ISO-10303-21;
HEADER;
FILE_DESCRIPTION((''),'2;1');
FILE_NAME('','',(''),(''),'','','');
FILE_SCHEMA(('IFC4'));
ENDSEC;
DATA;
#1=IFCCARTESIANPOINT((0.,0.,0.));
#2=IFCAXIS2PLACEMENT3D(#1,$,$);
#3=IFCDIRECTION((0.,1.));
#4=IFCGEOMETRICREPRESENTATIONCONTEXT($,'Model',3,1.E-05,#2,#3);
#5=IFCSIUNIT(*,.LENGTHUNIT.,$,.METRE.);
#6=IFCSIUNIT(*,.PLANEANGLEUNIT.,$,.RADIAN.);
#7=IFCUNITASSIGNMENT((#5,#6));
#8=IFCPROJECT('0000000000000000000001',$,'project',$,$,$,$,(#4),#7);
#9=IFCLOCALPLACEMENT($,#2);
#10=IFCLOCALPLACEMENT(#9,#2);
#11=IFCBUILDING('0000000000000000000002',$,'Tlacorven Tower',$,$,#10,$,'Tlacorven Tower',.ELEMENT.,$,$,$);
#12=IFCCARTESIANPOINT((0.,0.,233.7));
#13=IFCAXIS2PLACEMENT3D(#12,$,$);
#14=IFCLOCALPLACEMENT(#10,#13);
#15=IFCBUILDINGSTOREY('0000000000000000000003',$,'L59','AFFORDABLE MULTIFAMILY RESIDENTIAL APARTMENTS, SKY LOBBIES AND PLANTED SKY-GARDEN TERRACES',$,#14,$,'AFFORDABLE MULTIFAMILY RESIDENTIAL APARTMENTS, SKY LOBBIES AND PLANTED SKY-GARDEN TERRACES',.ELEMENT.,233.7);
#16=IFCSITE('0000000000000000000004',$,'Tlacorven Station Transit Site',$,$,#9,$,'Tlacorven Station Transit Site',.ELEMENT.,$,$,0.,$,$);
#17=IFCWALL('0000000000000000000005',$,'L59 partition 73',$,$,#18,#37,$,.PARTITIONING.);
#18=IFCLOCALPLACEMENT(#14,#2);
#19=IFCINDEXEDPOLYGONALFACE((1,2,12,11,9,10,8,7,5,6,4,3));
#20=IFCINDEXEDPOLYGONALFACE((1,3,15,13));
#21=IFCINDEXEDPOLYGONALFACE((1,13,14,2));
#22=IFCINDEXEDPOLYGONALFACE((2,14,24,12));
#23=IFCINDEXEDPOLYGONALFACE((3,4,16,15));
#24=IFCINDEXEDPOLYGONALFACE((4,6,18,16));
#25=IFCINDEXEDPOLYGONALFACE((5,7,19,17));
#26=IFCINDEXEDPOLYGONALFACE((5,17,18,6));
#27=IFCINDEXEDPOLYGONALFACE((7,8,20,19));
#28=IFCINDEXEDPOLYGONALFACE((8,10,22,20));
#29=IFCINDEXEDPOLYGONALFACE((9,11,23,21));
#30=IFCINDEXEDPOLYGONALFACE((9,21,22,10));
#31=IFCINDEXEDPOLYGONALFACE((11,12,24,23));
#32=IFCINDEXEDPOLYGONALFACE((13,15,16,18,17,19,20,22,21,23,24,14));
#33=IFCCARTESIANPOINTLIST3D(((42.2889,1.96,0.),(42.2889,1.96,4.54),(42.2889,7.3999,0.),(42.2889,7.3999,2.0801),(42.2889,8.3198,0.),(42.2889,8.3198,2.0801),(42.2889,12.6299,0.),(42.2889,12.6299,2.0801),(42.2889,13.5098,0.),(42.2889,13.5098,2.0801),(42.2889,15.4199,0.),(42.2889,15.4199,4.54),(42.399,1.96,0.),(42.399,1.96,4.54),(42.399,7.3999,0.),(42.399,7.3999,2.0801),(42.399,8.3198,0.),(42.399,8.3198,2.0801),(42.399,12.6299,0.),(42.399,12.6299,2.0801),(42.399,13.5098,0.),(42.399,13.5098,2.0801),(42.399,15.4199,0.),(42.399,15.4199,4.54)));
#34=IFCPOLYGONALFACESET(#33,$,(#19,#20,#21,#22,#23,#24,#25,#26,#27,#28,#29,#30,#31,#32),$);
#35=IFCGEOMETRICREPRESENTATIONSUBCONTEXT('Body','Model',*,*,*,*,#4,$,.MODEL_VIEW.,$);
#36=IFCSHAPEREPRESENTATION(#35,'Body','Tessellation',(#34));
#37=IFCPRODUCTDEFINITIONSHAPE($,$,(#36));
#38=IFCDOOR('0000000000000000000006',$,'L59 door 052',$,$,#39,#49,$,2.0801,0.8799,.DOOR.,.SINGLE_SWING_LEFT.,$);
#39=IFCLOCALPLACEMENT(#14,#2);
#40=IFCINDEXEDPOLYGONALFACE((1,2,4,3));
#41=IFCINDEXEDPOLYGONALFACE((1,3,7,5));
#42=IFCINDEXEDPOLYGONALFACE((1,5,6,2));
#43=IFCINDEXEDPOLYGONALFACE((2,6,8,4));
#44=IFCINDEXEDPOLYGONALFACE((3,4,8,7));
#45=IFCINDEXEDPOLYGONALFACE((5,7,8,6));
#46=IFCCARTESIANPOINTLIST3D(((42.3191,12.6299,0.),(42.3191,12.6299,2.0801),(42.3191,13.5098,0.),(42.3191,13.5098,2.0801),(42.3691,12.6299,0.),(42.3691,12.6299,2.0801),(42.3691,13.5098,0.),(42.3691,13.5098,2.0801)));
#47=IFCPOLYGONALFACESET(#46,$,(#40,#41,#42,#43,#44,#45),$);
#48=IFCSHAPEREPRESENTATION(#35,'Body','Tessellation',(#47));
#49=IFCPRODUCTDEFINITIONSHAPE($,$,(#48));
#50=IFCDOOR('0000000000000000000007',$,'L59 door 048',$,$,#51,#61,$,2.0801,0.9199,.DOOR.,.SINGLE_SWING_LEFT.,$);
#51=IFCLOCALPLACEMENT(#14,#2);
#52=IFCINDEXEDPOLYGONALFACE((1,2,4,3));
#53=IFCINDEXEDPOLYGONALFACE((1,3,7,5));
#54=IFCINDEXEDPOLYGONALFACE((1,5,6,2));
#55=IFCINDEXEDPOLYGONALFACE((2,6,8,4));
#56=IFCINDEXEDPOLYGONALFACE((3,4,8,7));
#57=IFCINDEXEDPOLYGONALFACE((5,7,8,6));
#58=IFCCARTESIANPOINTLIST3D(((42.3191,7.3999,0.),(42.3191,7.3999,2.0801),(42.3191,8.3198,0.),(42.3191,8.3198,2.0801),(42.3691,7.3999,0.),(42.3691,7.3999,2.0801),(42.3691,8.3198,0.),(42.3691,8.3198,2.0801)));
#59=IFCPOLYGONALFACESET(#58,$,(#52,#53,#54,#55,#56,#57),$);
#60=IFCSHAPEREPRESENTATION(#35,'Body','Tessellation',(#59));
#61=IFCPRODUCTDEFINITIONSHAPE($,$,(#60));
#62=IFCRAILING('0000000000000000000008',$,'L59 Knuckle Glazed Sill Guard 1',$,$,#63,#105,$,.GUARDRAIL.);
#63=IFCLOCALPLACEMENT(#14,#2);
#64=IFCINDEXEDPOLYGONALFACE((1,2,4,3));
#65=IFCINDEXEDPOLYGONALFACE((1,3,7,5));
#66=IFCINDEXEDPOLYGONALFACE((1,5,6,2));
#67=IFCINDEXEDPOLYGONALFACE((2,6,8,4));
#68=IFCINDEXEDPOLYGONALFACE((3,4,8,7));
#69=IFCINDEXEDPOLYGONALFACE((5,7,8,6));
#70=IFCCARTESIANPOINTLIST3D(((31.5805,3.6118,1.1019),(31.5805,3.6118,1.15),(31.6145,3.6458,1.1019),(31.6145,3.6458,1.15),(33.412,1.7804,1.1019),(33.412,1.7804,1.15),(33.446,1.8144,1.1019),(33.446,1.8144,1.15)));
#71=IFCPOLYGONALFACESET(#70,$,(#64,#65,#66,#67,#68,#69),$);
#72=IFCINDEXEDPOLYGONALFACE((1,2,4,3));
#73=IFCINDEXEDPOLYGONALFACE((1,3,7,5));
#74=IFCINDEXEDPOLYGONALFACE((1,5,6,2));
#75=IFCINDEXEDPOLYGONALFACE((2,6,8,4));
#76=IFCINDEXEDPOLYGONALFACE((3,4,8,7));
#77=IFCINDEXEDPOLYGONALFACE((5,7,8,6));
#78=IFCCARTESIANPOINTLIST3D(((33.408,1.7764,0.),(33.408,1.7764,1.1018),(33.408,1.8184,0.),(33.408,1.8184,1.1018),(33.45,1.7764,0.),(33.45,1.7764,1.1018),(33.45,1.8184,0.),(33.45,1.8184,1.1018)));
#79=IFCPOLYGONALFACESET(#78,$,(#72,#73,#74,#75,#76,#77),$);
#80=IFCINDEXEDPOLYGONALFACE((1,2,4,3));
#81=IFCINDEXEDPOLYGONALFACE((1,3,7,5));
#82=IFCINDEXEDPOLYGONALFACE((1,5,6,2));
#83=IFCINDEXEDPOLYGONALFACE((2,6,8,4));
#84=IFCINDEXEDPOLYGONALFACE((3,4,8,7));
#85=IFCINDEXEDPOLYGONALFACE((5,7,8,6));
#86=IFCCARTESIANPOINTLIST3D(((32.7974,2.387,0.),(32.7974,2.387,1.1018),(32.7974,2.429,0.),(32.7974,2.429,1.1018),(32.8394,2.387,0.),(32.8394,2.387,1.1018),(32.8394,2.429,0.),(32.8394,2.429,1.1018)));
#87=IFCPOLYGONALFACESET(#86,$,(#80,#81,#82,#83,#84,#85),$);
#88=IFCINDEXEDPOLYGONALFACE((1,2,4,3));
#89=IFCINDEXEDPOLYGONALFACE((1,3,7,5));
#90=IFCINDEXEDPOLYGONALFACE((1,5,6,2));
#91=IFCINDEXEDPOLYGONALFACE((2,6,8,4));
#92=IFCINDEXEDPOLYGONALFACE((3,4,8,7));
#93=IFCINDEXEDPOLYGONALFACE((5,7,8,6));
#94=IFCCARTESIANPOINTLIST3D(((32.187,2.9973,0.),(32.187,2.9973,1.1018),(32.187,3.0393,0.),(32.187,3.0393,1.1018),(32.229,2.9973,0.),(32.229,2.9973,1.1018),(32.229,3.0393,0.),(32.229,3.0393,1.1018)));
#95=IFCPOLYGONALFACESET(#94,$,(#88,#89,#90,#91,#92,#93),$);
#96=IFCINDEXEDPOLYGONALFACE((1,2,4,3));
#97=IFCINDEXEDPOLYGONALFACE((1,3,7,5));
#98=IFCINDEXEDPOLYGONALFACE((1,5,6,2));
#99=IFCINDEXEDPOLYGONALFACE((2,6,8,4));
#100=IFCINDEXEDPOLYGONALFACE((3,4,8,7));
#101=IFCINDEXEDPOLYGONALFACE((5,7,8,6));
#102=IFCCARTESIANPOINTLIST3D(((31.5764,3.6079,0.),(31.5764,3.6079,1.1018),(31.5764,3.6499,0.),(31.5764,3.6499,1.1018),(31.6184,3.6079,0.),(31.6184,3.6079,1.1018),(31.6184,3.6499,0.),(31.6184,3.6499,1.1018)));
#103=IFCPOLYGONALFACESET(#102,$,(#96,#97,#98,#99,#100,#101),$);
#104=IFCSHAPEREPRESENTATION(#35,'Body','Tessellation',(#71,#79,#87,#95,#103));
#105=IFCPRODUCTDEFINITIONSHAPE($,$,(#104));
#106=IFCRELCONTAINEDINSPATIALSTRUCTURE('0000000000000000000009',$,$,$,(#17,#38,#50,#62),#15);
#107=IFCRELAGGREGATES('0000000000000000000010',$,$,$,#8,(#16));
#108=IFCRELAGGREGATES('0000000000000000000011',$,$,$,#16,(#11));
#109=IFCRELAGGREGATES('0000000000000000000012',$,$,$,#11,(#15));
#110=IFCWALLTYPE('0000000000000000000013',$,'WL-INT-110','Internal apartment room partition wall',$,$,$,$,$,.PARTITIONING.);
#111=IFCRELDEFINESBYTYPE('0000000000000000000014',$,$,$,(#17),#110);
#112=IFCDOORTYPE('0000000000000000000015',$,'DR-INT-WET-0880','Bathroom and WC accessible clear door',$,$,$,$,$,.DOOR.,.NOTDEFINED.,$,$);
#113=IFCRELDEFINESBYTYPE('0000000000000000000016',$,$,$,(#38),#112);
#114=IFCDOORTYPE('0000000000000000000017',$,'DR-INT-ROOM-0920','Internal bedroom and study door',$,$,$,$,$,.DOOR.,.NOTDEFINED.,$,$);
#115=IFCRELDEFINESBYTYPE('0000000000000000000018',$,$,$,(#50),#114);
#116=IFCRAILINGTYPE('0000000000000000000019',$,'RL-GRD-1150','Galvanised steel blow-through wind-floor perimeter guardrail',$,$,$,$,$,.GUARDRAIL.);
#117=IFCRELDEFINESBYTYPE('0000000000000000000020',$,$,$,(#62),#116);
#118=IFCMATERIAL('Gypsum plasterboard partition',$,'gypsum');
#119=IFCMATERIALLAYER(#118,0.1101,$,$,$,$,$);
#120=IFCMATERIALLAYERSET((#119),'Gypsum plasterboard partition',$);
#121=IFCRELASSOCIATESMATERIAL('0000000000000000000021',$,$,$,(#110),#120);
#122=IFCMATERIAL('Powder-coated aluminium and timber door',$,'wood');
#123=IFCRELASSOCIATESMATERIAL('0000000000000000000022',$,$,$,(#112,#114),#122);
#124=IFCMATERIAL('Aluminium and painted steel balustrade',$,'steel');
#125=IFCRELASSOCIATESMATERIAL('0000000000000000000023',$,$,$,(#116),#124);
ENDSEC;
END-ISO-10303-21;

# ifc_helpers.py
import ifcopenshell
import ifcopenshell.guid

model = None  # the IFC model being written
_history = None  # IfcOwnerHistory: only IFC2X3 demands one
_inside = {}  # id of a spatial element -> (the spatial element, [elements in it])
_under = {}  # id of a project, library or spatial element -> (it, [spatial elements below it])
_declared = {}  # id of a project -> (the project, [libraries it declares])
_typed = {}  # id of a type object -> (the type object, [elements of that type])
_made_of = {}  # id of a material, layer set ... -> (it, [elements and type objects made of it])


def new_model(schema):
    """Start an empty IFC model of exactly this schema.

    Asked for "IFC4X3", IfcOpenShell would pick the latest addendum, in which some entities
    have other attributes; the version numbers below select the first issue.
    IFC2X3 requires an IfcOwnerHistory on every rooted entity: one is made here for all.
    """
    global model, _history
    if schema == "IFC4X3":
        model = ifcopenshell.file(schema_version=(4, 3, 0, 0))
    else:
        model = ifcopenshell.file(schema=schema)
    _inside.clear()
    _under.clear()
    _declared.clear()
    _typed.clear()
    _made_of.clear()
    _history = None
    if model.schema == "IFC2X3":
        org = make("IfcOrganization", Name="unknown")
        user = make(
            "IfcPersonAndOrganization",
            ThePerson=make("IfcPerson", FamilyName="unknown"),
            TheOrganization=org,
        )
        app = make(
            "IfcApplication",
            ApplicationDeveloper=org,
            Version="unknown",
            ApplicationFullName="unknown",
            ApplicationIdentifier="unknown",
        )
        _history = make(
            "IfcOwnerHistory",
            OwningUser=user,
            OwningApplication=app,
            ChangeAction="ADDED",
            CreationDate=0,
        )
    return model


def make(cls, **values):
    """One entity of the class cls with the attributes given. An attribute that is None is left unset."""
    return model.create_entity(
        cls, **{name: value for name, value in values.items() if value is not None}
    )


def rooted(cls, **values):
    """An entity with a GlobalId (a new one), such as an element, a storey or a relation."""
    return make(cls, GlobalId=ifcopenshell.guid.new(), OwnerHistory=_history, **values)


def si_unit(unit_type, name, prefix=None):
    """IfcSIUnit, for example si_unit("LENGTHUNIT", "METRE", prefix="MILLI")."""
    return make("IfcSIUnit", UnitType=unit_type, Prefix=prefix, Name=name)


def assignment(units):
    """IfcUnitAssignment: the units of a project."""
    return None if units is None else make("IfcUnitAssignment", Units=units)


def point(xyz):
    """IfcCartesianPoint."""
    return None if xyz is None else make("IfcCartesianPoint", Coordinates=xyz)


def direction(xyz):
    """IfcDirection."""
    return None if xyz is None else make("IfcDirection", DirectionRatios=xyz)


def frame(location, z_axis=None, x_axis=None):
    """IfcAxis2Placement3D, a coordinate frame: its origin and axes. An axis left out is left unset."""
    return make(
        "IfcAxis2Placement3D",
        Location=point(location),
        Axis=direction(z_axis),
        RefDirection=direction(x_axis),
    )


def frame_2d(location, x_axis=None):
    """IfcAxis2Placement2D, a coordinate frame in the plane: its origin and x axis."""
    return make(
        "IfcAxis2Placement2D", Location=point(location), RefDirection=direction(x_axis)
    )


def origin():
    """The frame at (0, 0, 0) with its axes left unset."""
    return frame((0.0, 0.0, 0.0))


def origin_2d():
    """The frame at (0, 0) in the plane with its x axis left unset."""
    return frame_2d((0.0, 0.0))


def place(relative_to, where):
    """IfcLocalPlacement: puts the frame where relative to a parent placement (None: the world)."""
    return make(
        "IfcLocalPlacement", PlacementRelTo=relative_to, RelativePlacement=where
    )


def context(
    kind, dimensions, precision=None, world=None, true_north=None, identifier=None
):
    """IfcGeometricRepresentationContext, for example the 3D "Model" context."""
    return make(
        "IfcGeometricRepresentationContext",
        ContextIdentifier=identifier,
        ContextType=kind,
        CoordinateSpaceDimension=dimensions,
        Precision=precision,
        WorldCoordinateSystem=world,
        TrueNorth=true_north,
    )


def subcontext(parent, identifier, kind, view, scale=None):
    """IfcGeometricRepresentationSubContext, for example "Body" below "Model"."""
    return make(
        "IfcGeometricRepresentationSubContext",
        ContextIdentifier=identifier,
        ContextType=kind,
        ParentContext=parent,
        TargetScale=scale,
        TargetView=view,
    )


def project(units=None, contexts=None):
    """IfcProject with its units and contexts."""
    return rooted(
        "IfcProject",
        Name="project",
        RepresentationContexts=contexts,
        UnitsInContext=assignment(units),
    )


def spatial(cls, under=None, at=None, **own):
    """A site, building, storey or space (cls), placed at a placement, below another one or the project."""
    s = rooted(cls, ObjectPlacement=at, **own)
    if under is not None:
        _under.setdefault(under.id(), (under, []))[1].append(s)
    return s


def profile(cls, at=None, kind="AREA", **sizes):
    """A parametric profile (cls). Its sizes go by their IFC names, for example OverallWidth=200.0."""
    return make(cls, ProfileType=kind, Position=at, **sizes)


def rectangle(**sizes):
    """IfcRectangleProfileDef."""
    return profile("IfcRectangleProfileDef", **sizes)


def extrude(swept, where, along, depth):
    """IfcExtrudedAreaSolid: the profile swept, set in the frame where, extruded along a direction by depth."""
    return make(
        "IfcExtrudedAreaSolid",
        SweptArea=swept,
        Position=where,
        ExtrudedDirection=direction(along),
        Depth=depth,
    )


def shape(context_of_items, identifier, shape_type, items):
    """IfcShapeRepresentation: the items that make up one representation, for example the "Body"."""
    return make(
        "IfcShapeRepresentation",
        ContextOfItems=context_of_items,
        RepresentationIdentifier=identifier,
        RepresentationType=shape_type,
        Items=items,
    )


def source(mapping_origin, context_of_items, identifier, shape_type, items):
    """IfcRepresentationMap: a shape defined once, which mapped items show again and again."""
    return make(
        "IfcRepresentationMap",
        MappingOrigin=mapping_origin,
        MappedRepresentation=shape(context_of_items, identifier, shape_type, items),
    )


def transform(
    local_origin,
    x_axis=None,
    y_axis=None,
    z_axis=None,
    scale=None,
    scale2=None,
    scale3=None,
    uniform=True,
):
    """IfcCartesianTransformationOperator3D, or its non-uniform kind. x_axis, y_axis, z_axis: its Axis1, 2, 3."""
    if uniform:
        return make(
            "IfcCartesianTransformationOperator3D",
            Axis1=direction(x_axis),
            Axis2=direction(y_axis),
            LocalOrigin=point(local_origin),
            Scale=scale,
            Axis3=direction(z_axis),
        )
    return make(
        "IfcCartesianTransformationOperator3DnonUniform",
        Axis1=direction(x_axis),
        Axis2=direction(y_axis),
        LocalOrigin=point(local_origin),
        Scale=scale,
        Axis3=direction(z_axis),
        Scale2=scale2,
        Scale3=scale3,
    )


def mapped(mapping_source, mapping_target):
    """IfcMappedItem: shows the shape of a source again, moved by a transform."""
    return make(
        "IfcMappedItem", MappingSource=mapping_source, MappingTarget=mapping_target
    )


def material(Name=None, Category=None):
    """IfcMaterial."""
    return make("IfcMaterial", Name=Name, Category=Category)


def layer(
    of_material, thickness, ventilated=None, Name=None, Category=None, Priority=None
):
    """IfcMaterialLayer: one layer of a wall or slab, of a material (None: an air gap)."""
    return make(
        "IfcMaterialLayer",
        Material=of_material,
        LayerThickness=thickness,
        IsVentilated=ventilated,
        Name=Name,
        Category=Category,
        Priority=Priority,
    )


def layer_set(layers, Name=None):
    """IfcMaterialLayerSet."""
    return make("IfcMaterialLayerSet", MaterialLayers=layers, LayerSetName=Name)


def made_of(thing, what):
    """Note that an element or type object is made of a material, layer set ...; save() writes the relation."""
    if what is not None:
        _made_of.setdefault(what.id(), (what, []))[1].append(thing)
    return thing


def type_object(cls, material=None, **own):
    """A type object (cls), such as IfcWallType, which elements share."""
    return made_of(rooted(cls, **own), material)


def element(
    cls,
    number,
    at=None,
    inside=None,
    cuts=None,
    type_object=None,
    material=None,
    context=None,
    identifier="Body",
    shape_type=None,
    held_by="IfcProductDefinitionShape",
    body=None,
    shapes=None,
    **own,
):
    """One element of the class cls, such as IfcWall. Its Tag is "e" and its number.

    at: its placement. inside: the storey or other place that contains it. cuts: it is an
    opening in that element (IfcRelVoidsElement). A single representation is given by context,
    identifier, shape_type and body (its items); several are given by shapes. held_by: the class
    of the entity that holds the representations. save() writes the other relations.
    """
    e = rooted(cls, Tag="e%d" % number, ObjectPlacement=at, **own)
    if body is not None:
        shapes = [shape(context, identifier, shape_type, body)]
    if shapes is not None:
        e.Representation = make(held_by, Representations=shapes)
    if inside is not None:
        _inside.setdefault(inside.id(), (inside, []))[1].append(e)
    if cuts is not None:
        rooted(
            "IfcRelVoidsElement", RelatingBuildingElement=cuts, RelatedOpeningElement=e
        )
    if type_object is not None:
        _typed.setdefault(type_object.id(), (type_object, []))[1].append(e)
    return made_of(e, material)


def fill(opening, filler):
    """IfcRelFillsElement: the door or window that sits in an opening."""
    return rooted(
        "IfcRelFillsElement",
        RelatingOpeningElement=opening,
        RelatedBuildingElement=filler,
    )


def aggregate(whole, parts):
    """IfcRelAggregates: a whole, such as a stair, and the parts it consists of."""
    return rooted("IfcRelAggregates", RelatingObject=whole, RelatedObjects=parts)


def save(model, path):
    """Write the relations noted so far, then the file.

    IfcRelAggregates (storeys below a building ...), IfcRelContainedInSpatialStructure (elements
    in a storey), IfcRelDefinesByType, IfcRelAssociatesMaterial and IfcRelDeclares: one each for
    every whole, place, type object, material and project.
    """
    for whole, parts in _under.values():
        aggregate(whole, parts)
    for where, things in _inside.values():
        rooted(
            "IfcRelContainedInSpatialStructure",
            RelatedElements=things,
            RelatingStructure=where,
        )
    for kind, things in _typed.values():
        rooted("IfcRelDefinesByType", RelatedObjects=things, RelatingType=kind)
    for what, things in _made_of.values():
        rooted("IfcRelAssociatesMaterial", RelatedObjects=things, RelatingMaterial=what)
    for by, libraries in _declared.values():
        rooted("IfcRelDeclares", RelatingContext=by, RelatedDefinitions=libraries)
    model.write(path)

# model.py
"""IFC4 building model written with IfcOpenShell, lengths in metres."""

from ifc_helpers import new_model, si_unit, direction, frame, frame_2d, origin, origin_2d, place, context, subcontext, project, spatial, rectangle, extrude, source, transform, mapped, material, layer, layer_set, type_object, element, fill, save


model = new_model("IFC4")

# Units and contexts
model_context = context("Model", 3, precision=1e-05, world=origin(), true_north=direction((0.0, 1.0)))
body_context = subcontext(model_context, "Body", "Model", "MODEL_VIEW")
ifc_project = project(units=[si_unit("LENGTHUNIT", "METRE"), si_unit("PLANEANGLEUNIT", "RADIAN")], contexts=[model_context])

# Site, building, storey
site_placement = place(None, origin())
site = spatial("IfcSite", under=ifc_project, at=site_placement, Name="Tlacorven Station Transit Site", LongName="Tlacorven Station Transit Site", CompositionType="ELEMENT", RefElevation=0.0)
building_placement = place(site_placement, origin())
building = spatial("IfcBuilding", under=site, at=building_placement, Name="Tlacorven Tower", LongName="Tlacorven Tower", CompositionType="ELEMENT")
storey_placement = place(building_placement, frame((0.0, 0.0, 233.7)))
storey = spatial("IfcBuildingStorey", under=building, at=storey_placement, Name="L59", Description="AFFORDABLE MULTIFAMILY RESIDENTIAL APARTMENTS, SKY LOBBIES AND PLANTED SKY-GARDEN TERRACES", LongName="AFFORDABLE MULTIFAMILY RESIDENTIAL APARTMENTS, SKY LOBBIES AND PLANTED SKY-GARDEN TERRACES", CompositionType="ELEMENT", Elevation=233.7)

# Wall, openings, doors
ifc_material_1 = material(Name="Gypsum plasterboard partition", Category="gypsum")
ifc_layer_1 = layer(ifc_material_1, 0.1101)
ifc_layer_set_1 = layer_set([ifc_layer_1], Name="Gypsum plasterboard partition")
wall_type = type_object("IfcWallType", Name="WL-INT-110", Description="Internal apartment room partition wall", PredefinedType="PARTITIONING", material=ifc_layer_set_1)
wall_placement = place(storey_placement, frame((42.344, 1.96, 0.0), z_axis=(0.0, 0.0, 1.0), x_axis=(0.0, 1.0, 0.0)))
wall = element("IfcWall", 1, at=wall_placement, inside=storey, type_object=wall_type, Name="L59 partition 73", PredefinedType="PARTITIONING", context=body_context, shape_type="SweptSolid", body=[
    extrude(rectangle(XDim=13.46, YDim=0.1101, at=frame_2d((6.73, 0.0))), origin(), (0.0, 0.0, 1.0), 4.54),
])
opening_1_placement = place(wall_placement, frame((5.4399, 0.0, 0.0)))
opening_1 = element("IfcOpeningElement", 2, at=opening_1_placement, cuts=wall, PredefinedType="OPENING", context=body_context, shape_type="SweptSolid", body=[
    extrude(rectangle(XDim=0.9199, YDim=2.0801, at=frame_2d((0.46, 1.04))), frame((0.0, 0.0649, 0.0), z_axis=(0.0, -1.0, 0.0), x_axis=(1.0, 0.0, 0.0)), (0.0, 0.0, 1.0), 0.1301),
])
opening_2_placement = place(wall_placement, frame((10.6699, 0.0, 0.0)))
opening_2 = element("IfcOpeningElement", 3, at=opening_2_placement, cuts=wall, PredefinedType="OPENING", context=body_context, shape_type="SweptSolid", body=[
    extrude(rectangle(XDim=0.8799, YDim=2.0801, at=frame_2d((0.4399, 1.04))), frame((0.0, 0.0649, 0.0), z_axis=(0.0, -1.0, 0.0), x_axis=(1.0, 0.0, 0.0)), (0.0, 0.0, 1.0), 0.1301),
])
ifc_material_2 = material(Name="Powder-coated aluminium and timber door", Category="wood")
door_type_1 = type_object("IfcDoorType", Name="DR-INT-WET-0880", Description="Bathroom and WC accessible clear door", OperationType="NOTDEFINED", PredefinedType="DOOR", material=ifc_material_2)
shared_shape_1 = source(origin(), body_context, "Body", "SweptSolid", [
    extrude(rectangle(XDim=0.8799, YDim=2.0801, at=frame_2d((0.4399, 1.04))), frame((0.0, 0.0249, 0.0), z_axis=(0.0, -1.0, 0.0), x_axis=(1.0, 0.0, 0.0)), (0.0, 0.0, 1.0), 0.05),
])
door_1_placement = place(opening_2_placement, origin())
door_1 = element("IfcDoor", 4, at=door_1_placement, inside=storey, type_object=door_type_1, Name="L59 door 052", OperationType="SINGLE_SWING_LEFT", OverallHeight=2.0801, OverallWidth=0.8799, PredefinedType="DOOR", context=body_context, shape_type="MappedRepresentation", body=[
    mapped(shared_shape_1, transform((0.0, 0.0, 0.0), scale=1.0)),
])
fill(opening_2, door_1)
door_type_2 = type_object("IfcDoorType", Name="DR-INT-ROOM-0920", Description="Internal bedroom and study door", OperationType="NOTDEFINED", PredefinedType="DOOR", material=ifc_material_2)
shared_shape_2 = source(origin(), body_context, "Body", "SweptSolid", [
    extrude(rectangle(XDim=0.9199, YDim=2.0801, at=frame_2d((0.46, 1.04))), frame((0.0, 0.0249, 0.0), z_axis=(0.0, -1.0, 0.0), x_axis=(1.0, 0.0, 0.0)), (0.0, 0.0, 1.0), 0.05),
])
door_2_placement = place(opening_1_placement, origin())
door_2 = element("IfcDoor", 5, at=door_2_placement, inside=storey, type_object=door_type_2, Name="L59 door 048", OperationType="SINGLE_SWING_LEFT", OverallHeight=2.0801, OverallWidth=0.9199, PredefinedType="DOOR", context=body_context, shape_type="MappedRepresentation", body=[
    mapped(shared_shape_2, transform((0.0, 0.0, 0.0), scale=1.0)),
])
fill(opening_1, door_2)

# Railing
ifc_material_3 = material(Name="Aluminium and painted steel balustrade", Category="steel")
railing_type = type_object("IfcRailingType", Name="RL-GRD-1150", Description="Galvanised steel blow-through wind-floor perimeter guardrail", PredefinedType="GUARDRAIL", material=ifc_material_3)
shared_shape_3 = source(origin(), body_context, "Body", "SweptSolid", [
    extrude(rectangle(XDim=0.0481, YDim=0.0481, at=origin_2d()), frame((0.0, 0.0, 1.126), z_axis=(-0.707107, 0.707107, 0.0), x_axis=(-0.707107, -0.707107, 0.0)), (0.0, 0.0, 1.0), 2.5901),
    extrude(rectangle(XDim=0.042, YDim=0.042, at=origin_2d()), origin(), (0.0, 0.0, 1.0), 1.1018),
    extrude(rectangle(XDim=0.042, YDim=0.042, at=origin_2d()), frame((-0.6106, 0.6106, 0.0)), (0.0, 0.0, 1.0), 1.1018),
    extrude(rectangle(XDim=0.042, YDim=0.042, at=origin_2d()), frame((-1.2209, 1.2209, 0.0)), (0.0, 0.0, 1.0), 1.1018),
    extrude(rectangle(XDim=0.042, YDim=0.042, at=origin_2d()), frame((-1.8315, 1.8315, 0.0)), (0.0, 0.0, 1.0), 1.1018),
])
railing_placement = place(storey_placement, frame((33.429, 1.7974, 0.0)))
element("IfcRailing", 6, at=railing_placement, inside=storey, type_object=railing_type, Name="L59 Knuckle Glazed Sill Guard 1", PredefinedType="GUARDRAIL", context=body_context, shape_type="MappedRepresentation", body=[
    mapped(shared_shape_3, transform((0.0, 0.0, 0.0), scale=1.0)),
])

save(model, "model.ifc")
